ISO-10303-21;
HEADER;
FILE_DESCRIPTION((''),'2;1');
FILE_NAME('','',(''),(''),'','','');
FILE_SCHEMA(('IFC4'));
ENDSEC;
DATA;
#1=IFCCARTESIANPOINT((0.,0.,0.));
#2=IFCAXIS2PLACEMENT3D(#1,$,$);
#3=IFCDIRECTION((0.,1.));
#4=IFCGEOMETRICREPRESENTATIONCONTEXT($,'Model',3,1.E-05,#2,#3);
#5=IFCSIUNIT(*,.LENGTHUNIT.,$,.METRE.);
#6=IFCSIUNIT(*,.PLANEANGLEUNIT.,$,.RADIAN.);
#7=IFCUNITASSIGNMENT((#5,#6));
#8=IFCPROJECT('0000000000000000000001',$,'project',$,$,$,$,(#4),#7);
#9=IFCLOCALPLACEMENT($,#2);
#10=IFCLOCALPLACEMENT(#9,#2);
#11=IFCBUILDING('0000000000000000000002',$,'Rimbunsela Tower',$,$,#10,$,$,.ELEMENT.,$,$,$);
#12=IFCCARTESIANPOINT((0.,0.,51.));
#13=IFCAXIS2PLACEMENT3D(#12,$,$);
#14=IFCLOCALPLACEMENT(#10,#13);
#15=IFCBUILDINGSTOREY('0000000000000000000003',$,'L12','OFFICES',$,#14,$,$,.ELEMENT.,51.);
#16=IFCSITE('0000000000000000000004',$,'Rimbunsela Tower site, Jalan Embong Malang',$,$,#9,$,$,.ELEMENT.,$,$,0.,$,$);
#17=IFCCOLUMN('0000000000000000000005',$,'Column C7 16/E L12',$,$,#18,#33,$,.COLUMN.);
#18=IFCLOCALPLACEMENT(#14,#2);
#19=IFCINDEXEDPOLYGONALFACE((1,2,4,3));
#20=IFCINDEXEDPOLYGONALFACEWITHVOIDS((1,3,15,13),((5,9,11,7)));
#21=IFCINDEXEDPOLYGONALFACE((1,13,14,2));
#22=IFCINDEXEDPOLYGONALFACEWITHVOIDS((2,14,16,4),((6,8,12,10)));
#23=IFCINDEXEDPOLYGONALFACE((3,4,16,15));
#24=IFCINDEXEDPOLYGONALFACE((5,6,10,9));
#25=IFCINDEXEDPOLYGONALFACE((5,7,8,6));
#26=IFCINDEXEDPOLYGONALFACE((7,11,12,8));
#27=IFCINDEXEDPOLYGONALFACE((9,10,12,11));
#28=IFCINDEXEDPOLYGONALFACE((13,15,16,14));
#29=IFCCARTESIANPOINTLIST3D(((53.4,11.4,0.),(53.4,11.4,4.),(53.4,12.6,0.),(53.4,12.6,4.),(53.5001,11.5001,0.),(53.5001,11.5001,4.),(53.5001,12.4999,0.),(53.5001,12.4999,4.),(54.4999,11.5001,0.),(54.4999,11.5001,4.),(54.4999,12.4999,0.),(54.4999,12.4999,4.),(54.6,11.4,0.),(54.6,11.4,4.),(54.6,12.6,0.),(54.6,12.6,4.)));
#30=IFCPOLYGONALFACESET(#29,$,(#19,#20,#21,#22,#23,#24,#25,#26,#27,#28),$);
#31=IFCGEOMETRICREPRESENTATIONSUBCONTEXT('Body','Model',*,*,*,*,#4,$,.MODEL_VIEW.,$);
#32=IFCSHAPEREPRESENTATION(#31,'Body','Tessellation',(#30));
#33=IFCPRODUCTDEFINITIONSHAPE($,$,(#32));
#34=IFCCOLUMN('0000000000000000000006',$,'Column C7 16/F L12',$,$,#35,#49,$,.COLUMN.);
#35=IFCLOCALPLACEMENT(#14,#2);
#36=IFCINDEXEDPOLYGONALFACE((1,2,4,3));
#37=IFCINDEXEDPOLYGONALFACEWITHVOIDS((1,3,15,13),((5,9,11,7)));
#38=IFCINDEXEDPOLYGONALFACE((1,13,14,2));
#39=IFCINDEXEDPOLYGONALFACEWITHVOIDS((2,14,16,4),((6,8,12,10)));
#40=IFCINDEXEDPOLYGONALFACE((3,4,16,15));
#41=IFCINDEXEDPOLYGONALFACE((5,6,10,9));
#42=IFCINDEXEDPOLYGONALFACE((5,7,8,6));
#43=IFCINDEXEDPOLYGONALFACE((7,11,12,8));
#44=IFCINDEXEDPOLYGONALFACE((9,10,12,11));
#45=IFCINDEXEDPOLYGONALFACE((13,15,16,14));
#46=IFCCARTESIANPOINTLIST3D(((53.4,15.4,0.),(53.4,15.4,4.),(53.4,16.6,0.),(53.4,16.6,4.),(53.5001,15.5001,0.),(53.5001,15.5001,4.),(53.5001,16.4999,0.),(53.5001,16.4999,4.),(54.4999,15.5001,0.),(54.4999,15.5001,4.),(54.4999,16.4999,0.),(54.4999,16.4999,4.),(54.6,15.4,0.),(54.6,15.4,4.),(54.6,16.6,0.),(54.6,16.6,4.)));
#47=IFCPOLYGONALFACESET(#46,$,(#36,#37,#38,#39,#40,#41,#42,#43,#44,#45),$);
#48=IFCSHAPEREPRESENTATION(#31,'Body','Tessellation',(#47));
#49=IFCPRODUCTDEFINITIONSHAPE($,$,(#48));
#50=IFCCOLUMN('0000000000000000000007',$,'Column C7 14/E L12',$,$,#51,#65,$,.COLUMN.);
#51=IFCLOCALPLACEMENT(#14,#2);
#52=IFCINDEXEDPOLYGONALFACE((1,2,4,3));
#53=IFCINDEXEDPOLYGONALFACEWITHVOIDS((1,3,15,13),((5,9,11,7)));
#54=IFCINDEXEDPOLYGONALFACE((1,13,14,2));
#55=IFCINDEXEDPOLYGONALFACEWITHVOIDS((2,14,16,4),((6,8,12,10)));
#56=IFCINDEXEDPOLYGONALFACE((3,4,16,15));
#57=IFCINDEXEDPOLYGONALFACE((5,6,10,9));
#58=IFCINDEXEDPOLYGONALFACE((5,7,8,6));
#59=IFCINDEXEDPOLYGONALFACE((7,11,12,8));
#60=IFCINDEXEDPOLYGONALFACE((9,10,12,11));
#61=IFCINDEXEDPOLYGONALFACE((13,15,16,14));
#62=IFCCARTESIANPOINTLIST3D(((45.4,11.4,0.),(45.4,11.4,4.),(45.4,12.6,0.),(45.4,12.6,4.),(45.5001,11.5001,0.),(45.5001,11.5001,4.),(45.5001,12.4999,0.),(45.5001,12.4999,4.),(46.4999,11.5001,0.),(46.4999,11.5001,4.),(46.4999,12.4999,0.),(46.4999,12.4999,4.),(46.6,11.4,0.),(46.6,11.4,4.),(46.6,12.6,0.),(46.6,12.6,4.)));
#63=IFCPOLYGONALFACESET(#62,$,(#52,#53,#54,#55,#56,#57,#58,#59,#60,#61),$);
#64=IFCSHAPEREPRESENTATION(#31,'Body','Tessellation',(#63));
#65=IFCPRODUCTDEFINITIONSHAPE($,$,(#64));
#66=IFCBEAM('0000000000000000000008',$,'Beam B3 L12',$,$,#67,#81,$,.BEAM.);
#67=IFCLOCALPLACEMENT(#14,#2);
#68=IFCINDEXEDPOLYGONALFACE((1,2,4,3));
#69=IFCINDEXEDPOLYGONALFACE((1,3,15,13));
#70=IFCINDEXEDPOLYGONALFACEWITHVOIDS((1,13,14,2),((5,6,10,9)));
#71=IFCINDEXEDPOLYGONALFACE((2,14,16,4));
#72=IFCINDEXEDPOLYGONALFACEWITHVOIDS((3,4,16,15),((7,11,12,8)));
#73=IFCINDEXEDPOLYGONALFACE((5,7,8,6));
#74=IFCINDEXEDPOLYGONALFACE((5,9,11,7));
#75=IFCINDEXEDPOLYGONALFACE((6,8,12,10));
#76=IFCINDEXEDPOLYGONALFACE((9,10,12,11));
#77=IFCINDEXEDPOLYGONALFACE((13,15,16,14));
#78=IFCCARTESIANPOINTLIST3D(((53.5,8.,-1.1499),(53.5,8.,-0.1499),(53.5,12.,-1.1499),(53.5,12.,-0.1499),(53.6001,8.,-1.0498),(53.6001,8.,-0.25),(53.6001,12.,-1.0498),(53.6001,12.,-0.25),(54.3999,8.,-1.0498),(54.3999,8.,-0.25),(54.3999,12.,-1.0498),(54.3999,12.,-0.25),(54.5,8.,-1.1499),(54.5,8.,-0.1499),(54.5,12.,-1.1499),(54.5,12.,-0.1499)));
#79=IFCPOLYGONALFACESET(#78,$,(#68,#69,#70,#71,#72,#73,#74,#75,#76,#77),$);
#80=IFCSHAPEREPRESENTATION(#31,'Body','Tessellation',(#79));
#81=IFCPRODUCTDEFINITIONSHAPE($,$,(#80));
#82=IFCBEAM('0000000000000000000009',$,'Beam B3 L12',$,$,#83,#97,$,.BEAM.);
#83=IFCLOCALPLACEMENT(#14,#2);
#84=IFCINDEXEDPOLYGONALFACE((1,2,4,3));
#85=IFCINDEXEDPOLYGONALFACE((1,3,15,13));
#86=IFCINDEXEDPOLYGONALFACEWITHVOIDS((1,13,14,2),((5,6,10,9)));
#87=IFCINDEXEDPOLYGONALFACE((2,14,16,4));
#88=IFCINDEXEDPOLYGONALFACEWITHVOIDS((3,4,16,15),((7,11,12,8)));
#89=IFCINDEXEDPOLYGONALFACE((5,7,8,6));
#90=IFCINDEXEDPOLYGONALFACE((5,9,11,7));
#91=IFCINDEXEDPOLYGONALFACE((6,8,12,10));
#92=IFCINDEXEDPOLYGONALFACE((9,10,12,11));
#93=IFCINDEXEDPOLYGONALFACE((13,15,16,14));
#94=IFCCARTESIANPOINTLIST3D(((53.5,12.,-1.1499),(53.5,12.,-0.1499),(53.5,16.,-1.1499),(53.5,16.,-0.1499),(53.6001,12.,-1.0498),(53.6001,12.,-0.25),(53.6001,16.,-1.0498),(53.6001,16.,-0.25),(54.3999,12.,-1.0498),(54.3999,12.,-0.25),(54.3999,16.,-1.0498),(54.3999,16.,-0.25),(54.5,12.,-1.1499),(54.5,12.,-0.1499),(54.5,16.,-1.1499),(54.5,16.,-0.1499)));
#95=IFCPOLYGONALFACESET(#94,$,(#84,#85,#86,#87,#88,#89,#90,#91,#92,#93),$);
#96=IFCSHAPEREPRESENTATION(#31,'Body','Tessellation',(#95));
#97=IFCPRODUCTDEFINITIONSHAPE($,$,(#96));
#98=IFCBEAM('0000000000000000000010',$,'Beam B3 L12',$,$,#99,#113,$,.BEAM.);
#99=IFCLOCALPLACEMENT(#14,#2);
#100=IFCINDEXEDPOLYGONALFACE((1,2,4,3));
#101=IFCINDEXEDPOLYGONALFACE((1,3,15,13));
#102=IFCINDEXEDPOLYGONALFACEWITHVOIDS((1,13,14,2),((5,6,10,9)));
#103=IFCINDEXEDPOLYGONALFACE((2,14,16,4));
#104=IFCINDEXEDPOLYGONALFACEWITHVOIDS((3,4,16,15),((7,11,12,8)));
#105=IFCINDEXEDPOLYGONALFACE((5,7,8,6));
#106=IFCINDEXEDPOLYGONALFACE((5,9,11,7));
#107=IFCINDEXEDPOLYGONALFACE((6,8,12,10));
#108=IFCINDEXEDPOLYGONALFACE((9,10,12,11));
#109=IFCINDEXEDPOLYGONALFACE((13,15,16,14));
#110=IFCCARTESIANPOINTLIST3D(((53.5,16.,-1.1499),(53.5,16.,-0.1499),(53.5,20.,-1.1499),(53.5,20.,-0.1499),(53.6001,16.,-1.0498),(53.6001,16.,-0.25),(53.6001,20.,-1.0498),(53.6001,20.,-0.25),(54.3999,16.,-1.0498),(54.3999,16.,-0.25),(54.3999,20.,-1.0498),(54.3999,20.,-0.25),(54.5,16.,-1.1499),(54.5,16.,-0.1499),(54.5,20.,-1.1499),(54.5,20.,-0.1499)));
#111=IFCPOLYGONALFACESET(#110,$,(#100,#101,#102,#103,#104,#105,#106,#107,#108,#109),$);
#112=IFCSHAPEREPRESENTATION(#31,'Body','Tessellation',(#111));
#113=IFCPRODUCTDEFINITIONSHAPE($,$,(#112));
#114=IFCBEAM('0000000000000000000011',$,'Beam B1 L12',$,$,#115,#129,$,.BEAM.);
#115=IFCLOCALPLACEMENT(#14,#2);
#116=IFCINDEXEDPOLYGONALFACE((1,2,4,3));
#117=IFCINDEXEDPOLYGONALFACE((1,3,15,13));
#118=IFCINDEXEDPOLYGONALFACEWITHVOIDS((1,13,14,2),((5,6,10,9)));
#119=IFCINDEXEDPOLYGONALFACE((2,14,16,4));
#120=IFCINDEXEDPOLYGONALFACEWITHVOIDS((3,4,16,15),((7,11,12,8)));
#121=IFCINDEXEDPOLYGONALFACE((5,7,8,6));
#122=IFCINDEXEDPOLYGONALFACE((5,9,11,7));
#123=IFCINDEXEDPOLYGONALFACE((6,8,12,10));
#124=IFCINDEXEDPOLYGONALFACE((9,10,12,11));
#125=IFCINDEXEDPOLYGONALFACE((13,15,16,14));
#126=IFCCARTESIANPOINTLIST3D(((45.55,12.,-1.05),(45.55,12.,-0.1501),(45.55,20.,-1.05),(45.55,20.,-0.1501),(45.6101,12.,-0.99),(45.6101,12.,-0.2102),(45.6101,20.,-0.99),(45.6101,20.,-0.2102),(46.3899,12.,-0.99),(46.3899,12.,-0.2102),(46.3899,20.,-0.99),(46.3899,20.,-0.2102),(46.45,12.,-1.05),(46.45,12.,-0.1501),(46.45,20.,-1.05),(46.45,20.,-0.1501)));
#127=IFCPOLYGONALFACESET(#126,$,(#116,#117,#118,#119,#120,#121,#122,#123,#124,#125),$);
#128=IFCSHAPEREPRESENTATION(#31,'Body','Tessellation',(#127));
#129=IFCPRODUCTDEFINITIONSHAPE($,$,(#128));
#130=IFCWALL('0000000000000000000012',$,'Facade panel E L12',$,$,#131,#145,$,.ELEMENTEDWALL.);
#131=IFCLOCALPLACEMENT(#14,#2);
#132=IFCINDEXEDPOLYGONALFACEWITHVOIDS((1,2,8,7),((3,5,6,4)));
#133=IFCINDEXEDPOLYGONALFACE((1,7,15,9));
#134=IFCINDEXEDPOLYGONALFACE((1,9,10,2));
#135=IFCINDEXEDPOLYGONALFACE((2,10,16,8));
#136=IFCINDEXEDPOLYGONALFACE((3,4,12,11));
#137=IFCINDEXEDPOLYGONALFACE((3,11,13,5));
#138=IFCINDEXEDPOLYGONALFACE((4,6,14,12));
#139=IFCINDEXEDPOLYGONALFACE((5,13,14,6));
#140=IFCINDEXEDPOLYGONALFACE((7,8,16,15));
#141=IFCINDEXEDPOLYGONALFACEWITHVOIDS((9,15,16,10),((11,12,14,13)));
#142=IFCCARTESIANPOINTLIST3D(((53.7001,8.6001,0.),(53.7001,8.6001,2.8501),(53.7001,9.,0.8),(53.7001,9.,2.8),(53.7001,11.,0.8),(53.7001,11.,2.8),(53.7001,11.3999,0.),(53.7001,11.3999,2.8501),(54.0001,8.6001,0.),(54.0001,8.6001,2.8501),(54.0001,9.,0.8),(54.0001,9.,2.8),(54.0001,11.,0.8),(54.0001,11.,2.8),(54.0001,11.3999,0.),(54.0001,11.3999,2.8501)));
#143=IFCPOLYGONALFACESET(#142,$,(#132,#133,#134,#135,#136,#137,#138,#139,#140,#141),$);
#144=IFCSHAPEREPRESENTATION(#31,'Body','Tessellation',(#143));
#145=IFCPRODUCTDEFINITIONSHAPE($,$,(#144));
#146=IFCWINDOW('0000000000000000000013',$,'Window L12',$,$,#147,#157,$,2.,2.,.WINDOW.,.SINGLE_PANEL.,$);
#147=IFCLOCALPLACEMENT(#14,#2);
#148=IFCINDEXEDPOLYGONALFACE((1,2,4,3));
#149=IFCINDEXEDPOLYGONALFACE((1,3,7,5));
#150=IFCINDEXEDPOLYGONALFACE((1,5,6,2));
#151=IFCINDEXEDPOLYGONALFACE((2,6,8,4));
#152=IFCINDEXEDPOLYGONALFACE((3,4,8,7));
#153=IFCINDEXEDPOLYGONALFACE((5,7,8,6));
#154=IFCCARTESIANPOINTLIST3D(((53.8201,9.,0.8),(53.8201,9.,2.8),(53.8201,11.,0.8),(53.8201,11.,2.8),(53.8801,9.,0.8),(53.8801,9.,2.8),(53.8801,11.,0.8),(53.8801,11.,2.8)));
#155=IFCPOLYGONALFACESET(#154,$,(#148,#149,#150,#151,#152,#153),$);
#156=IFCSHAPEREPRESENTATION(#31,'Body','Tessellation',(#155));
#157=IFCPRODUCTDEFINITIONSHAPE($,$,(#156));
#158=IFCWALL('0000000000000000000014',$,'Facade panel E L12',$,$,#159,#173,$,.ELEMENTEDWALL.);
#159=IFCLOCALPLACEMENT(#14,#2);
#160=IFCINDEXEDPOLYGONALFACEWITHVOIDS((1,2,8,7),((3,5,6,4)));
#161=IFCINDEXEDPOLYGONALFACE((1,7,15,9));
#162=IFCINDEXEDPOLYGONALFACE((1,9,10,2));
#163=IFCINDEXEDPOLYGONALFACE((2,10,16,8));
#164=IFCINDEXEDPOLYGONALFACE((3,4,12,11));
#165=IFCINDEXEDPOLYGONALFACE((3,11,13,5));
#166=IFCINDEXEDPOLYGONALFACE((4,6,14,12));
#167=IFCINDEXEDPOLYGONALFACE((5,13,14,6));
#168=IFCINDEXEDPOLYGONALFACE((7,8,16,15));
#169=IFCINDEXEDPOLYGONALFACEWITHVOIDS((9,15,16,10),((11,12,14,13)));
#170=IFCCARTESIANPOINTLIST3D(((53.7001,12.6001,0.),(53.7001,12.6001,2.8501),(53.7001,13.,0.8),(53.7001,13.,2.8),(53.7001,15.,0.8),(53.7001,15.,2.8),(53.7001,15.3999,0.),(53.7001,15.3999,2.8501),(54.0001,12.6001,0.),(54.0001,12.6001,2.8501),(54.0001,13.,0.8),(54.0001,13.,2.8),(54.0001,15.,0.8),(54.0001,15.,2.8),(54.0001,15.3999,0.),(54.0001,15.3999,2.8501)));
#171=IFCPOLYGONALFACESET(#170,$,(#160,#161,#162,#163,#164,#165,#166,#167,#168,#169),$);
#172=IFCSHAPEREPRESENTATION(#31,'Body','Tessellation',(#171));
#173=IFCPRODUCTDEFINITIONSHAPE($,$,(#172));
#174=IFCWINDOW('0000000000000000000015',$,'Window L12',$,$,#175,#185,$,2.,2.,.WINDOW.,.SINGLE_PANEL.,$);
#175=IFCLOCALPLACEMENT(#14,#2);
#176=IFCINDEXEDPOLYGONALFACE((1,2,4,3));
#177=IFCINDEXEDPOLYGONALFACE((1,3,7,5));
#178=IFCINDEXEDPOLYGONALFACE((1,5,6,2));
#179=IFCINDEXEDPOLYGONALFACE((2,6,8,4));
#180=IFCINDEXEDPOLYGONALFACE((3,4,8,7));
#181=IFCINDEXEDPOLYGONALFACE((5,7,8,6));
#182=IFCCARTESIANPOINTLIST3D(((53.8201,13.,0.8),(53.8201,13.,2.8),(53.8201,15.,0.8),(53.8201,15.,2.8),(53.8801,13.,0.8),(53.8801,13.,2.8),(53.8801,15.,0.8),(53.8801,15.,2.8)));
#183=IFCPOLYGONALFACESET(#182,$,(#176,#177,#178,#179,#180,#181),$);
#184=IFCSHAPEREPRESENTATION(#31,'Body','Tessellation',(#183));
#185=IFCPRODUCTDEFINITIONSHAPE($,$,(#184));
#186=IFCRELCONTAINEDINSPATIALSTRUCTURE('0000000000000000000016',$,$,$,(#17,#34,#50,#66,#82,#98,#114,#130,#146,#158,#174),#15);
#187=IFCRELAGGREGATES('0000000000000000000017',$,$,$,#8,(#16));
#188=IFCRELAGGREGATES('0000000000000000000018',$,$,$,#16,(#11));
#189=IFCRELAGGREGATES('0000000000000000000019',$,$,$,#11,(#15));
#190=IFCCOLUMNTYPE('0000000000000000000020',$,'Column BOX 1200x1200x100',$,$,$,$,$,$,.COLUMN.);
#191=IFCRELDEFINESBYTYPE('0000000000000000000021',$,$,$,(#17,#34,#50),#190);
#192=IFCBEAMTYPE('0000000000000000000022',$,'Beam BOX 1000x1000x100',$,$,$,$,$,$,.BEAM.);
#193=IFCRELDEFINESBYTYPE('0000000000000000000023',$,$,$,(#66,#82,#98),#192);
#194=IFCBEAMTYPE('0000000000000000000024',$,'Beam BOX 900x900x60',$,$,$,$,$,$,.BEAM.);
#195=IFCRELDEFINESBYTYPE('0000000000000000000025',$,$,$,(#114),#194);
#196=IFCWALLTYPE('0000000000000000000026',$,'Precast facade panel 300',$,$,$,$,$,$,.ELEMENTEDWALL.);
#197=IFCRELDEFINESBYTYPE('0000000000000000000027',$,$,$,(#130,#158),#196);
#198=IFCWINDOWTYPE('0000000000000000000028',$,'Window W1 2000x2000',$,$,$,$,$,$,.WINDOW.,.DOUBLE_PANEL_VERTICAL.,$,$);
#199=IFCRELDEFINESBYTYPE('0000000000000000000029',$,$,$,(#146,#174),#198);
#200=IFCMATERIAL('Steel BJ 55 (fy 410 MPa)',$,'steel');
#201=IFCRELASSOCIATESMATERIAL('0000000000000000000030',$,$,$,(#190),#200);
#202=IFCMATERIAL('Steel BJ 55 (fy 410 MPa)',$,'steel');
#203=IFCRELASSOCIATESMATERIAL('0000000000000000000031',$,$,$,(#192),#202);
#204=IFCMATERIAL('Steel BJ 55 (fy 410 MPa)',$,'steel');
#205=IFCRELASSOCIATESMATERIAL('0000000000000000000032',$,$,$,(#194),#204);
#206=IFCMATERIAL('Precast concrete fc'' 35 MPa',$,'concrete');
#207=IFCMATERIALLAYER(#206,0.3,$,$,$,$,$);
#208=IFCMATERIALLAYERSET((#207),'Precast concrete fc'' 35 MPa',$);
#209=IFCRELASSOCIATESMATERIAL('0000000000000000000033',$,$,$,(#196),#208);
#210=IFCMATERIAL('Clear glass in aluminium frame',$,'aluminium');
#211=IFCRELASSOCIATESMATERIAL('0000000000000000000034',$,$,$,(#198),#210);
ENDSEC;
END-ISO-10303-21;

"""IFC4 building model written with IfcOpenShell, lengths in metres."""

from ifc_helpers import new_model, si_unit, direction, frame, frame_2d, origin, origin_2d, place, context, subcontext, project, spatial, rectangle, hollow_rectangle, extrude, material, layer, layer_set, material_profile, profile_set, type_object, element, fill, save


model = new_model("IFC4")

# Units and contexts
model_context = context("Model", 3, precision=1e-05, world=origin(), true_north=direction((0.0, 1.0)))
body_context = subcontext(model_context, "Body", "Model", "MODEL_VIEW")
ifc_project = project(units=[si_unit("LENGTHUNIT", "METRE"), si_unit("PLANEANGLEUNIT", "RADIAN")], contexts=[model_context])

# Site, building, storey
site_placement = place(None, origin())
site = spatial("IfcSite", under=ifc_project, at=site_placement, Name="Rimbunsela Tower site, Jalan Embong Malang", CompositionType="ELEMENT", RefElevation=0.0)
building_placement = place(site_placement, origin())
building = spatial("IfcBuilding", under=site, at=building_placement, Name="Rimbunsela Tower", CompositionType="ELEMENT")
storey_placement = place(building_placement, frame((0.0, 0.0, 51.0)))
storey = spatial("IfcBuildingStorey", under=building, at=storey_placement, Name="L12", Description="OFFICES", CompositionType="ELEMENT", Elevation=51.0)

# Columns
ifc_material_1 = material(Name="Steel BJ 55 (fy 410 MPa)", Category="steel")
ifc_material_profile_1 = material_profile(ifc_material_1, hollow_rectangle(XDim=1.2, YDim=1.2, WallThickness=0.1001, at=origin_2d()), Name="BOX 1200x1200x100")
ifc_profile_set_1 = profile_set([ifc_material_profile_1], Name="Steel BJ 55 (fy 410 MPa)")
column_type = type_object("IfcColumnType", Name="Column BOX 1200x1200x100", PredefinedType="COLUMN", material=ifc_profile_set_1)
for number, where, z_axis, x_axis, name in (
    (1, (54.0, 12.0, 0.0), (0.0, 0.0, 1.0), (1.0, 0.0, 0.0), "Column C7 16/E L12"),
    (2, (54.0, 16.0, 0.0), (0.0, 0.0, 1.0), (1.0, 0.0, 0.0), "Column C7 16/F L12"),
    (3, (46.0, 12.0, 0.0), (0.0, 0.0, 1.0), (1.0, 0.0, 0.0), "Column C7 14/E L12"),
):
    element("IfcColumn", number, at=place(storey_placement, frame(where, z_axis=z_axis, x_axis=x_axis)), inside=storey, type_object=column_type, Name=name, PredefinedType="COLUMN", context=body_context, shape_type="SweptSolid", body=[
        extrude(hollow_rectangle(XDim=1.2, YDim=1.2, WallThickness=0.1001, at=origin_2d()), origin(), (0.0, 0.0, 1.0), 4.0),
    ])

# Beams
ifc_material_2 = material(Name="Steel BJ 55 (fy 410 MPa)", Category="steel")
ifc_material_profile_2 = material_profile(ifc_material_2, hollow_rectangle(XDim=1.0, YDim=1.0, WallThickness=0.1001, at=origin_2d()), Name="BOX 1000x1000x100")
ifc_profile_set_2 = profile_set([ifc_material_profile_2], Name="Steel BJ 55 (fy 410 MPa)")
beam_type_1 = type_object("IfcBeamType", Name="Beam BOX 1000x1000x100", PredefinedType="BEAM", material=ifc_profile_set_2)
for number, where, z_axis, x_axis, name in (
    (4, (54.0, 8.0, -0.6499), (0.0, 1.0, 0.0), (-1.0, 0.0, 0.0), "Beam B3 L12"),
    (5, (54.0, 12.0, -0.6499), (0.0, 1.0, 0.0), (-1.0, 0.0, 0.0), "Beam B3 L12"),
    (6, (54.0, 16.0, -0.6499), (0.0, 1.0, 0.0), (-1.0, 0.0, 0.0), "Beam B3 L12"),
):
    element("IfcBeam", number, at=place(storey_placement, frame(where, z_axis=z_axis, x_axis=x_axis)), inside=storey, type_object=beam_type_1, Name=name, PredefinedType="BEAM", context=body_context, shape_type="SweptSolid", body=[
        extrude(hollow_rectangle(XDim=1.0, YDim=1.0, WallThickness=0.1001, at=origin_2d()), origin(), (0.0, 0.0, 1.0), 4.0),
    ])
ifc_material_3 = material(Name="Steel BJ 55 (fy 410 MPa)", Category="steel")
ifc_material_profile_3 = material_profile(ifc_material_3, hollow_rectangle(XDim=0.8999, YDim=0.8999, WallThickness=0.0601, at=origin_2d()), Name="BOX 900x900x60")
ifc_profile_set_3 = profile_set([ifc_material_profile_3], Name="Steel BJ 55 (fy 410 MPa)")
beam_type_2 = type_object("IfcBeamType", Name="Beam BOX 900x900x60", PredefinedType="BEAM", material=ifc_profile_set_3)
beam_placement = place(storey_placement, frame((46.0, 12.0, -0.6001), z_axis=(0.0, 1.0, 0.0), x_axis=(-1.0, 0.0, 0.0)))
element("IfcBeam", 7, at=beam_placement, inside=storey, type_object=beam_type_2, Name="Beam B1 L12", PredefinedType="BEAM", context=body_context, shape_type="SweptSolid", body=[
    extrude(hollow_rectangle(XDim=0.8999, YDim=0.8999, WallThickness=0.0601, at=origin_2d()), origin(), (0.0, 0.0, 1.0), 8.0),
])

# Walls, openings, windows
ifc_material_4 = material(Name="Precast concrete fc' 35 MPa", Category="concrete")
ifc_layer_1 = layer(ifc_material_4, 0.3)
ifc_layer_set_1 = layer_set([ifc_layer_1], Name="Precast concrete fc' 35 MPa")
wall_type_1 = type_object("IfcWallType", Name="Precast facade panel 300", PredefinedType="ELEMENTEDWALL", material=ifc_layer_set_1)
wall_1_placement = place(storey_placement, frame((53.8501, 8.6001, 0.0), z_axis=(0.0, 0.0, 1.0), x_axis=(0.0, 1.0, 0.0)))
wall_1 = element("IfcWall", 8, at=wall_1_placement, inside=storey, type_object=wall_type_1, Name="Facade panel E L12", PredefinedType="ELEMENTEDWALL", context=body_context, shape_type="SweptSolid", body=[
    extrude(rectangle(XDim=2.7998, YDim=0.3, at=frame_2d((1.3999, 0.0))), origin(), (0.0, 0.0, 1.0), 2.8501),
])
opening_1_placement = place(wall_1_placement, frame((0.3999, 0.0, 0.8)))
opening_1 = element("IfcOpeningElement", 9, at=opening_1_placement, cuts=wall_1, PredefinedType="OPENING", context=body_context, shape_type="SweptSolid", body=[
    extrude(rectangle(XDim=2.0, YDim=2.0, at=frame_2d((1.0, 1.0))), frame((0.0, 0.1599, 0.0), z_axis=(0.0, -1.0, 0.0), x_axis=(1.0, 0.0, 0.0)), (0.0, 0.0, 1.0), 0.3201),
])
ifc_material_5 = material(Name="Clear glass in aluminium frame", Category="aluminium")
window_type = type_object("IfcWindowType", Name="Window W1 2000x2000", PartitioningType="DOUBLE_PANEL_VERTICAL", PredefinedType="WINDOW", material=ifc_material_5)
window_1_placement = place(opening_1_placement, origin())
window_1 = element("IfcWindow", 10, at=window_1_placement, inside=storey, type_object=window_type, Name="Window L12", OverallHeight=2.0, OverallWidth=2.0, PartitioningType="SINGLE_PANEL", PredefinedType="WINDOW", context=body_context, shape_type="SweptSolid", body=[
    extrude(rectangle(XDim=2.0, YDim=2.0, at=frame_2d((1.0, 1.0))), frame((0.0, 0.03, 0.0), z_axis=(0.0, -1.0, 0.0), x_axis=(1.0, 0.0, 0.0)), (0.0, 0.0, 1.0), 0.0601),
])
fill(opening_1, window_1)
wall_2_placement = place(storey_placement, frame((53.8501, 12.6001, 0.0), z_axis=(0.0, 0.0, 1.0), x_axis=(0.0, 1.0, 0.0)))
wall_2 = element("IfcWall", 11, at=wall_2_placement, inside=storey, type_object=wall_type_1, Name="Facade panel E L12", PredefinedType="ELEMENTEDWALL", context=body_context, shape_type="SweptSolid", body=[
    extrude(rectangle(XDim=2.7998, YDim=0.3, at=frame_2d((1.3999, 0.0))), origin(), (0.0, 0.0, 1.0), 2.8501),
])
opening_2_placement = place(wall_2_placement, frame((0.3999, 0.0, 0.8)))
opening_2 = element("IfcOpeningElement", 12, at=opening_2_placement, cuts=wall_2, PredefinedType="OPENING", context=body_context, shape_type="SweptSolid", body=[
    extrude(rectangle(XDim=2.0, YDim=2.0, at=frame_2d((1.0, 1.0))), frame((0.0, 0.1599, 0.0), z_axis=(0.0, -1.0, 0.0), x_axis=(1.0, 0.0, 0.0)), (0.0, 0.0, 1.0), 0.3201),
])
window_2_placement = place(opening_2_placement, origin())
window_2 = element("IfcWindow", 13, at=window_2_placement, inside=storey, type_object=window_type, Name="Window L12", OverallHeight=2.0, OverallWidth=2.0, PartitioningType="SINGLE_PANEL", PredefinedType="WINDOW", context=body_context, shape_type="SweptSolid", body=[
    extrude(rectangle(XDim=2.0, YDim=2.0, at=frame_2d((1.0, 1.0))), frame((0.0, 0.03, 0.0), z_axis=(0.0, -1.0, 0.0), x_axis=(1.0, 0.0, 0.0)), (0.0, 0.0, 1.0), 0.0601),
])
fill(opening_2, window_2)

save(model, "model.ifc")
